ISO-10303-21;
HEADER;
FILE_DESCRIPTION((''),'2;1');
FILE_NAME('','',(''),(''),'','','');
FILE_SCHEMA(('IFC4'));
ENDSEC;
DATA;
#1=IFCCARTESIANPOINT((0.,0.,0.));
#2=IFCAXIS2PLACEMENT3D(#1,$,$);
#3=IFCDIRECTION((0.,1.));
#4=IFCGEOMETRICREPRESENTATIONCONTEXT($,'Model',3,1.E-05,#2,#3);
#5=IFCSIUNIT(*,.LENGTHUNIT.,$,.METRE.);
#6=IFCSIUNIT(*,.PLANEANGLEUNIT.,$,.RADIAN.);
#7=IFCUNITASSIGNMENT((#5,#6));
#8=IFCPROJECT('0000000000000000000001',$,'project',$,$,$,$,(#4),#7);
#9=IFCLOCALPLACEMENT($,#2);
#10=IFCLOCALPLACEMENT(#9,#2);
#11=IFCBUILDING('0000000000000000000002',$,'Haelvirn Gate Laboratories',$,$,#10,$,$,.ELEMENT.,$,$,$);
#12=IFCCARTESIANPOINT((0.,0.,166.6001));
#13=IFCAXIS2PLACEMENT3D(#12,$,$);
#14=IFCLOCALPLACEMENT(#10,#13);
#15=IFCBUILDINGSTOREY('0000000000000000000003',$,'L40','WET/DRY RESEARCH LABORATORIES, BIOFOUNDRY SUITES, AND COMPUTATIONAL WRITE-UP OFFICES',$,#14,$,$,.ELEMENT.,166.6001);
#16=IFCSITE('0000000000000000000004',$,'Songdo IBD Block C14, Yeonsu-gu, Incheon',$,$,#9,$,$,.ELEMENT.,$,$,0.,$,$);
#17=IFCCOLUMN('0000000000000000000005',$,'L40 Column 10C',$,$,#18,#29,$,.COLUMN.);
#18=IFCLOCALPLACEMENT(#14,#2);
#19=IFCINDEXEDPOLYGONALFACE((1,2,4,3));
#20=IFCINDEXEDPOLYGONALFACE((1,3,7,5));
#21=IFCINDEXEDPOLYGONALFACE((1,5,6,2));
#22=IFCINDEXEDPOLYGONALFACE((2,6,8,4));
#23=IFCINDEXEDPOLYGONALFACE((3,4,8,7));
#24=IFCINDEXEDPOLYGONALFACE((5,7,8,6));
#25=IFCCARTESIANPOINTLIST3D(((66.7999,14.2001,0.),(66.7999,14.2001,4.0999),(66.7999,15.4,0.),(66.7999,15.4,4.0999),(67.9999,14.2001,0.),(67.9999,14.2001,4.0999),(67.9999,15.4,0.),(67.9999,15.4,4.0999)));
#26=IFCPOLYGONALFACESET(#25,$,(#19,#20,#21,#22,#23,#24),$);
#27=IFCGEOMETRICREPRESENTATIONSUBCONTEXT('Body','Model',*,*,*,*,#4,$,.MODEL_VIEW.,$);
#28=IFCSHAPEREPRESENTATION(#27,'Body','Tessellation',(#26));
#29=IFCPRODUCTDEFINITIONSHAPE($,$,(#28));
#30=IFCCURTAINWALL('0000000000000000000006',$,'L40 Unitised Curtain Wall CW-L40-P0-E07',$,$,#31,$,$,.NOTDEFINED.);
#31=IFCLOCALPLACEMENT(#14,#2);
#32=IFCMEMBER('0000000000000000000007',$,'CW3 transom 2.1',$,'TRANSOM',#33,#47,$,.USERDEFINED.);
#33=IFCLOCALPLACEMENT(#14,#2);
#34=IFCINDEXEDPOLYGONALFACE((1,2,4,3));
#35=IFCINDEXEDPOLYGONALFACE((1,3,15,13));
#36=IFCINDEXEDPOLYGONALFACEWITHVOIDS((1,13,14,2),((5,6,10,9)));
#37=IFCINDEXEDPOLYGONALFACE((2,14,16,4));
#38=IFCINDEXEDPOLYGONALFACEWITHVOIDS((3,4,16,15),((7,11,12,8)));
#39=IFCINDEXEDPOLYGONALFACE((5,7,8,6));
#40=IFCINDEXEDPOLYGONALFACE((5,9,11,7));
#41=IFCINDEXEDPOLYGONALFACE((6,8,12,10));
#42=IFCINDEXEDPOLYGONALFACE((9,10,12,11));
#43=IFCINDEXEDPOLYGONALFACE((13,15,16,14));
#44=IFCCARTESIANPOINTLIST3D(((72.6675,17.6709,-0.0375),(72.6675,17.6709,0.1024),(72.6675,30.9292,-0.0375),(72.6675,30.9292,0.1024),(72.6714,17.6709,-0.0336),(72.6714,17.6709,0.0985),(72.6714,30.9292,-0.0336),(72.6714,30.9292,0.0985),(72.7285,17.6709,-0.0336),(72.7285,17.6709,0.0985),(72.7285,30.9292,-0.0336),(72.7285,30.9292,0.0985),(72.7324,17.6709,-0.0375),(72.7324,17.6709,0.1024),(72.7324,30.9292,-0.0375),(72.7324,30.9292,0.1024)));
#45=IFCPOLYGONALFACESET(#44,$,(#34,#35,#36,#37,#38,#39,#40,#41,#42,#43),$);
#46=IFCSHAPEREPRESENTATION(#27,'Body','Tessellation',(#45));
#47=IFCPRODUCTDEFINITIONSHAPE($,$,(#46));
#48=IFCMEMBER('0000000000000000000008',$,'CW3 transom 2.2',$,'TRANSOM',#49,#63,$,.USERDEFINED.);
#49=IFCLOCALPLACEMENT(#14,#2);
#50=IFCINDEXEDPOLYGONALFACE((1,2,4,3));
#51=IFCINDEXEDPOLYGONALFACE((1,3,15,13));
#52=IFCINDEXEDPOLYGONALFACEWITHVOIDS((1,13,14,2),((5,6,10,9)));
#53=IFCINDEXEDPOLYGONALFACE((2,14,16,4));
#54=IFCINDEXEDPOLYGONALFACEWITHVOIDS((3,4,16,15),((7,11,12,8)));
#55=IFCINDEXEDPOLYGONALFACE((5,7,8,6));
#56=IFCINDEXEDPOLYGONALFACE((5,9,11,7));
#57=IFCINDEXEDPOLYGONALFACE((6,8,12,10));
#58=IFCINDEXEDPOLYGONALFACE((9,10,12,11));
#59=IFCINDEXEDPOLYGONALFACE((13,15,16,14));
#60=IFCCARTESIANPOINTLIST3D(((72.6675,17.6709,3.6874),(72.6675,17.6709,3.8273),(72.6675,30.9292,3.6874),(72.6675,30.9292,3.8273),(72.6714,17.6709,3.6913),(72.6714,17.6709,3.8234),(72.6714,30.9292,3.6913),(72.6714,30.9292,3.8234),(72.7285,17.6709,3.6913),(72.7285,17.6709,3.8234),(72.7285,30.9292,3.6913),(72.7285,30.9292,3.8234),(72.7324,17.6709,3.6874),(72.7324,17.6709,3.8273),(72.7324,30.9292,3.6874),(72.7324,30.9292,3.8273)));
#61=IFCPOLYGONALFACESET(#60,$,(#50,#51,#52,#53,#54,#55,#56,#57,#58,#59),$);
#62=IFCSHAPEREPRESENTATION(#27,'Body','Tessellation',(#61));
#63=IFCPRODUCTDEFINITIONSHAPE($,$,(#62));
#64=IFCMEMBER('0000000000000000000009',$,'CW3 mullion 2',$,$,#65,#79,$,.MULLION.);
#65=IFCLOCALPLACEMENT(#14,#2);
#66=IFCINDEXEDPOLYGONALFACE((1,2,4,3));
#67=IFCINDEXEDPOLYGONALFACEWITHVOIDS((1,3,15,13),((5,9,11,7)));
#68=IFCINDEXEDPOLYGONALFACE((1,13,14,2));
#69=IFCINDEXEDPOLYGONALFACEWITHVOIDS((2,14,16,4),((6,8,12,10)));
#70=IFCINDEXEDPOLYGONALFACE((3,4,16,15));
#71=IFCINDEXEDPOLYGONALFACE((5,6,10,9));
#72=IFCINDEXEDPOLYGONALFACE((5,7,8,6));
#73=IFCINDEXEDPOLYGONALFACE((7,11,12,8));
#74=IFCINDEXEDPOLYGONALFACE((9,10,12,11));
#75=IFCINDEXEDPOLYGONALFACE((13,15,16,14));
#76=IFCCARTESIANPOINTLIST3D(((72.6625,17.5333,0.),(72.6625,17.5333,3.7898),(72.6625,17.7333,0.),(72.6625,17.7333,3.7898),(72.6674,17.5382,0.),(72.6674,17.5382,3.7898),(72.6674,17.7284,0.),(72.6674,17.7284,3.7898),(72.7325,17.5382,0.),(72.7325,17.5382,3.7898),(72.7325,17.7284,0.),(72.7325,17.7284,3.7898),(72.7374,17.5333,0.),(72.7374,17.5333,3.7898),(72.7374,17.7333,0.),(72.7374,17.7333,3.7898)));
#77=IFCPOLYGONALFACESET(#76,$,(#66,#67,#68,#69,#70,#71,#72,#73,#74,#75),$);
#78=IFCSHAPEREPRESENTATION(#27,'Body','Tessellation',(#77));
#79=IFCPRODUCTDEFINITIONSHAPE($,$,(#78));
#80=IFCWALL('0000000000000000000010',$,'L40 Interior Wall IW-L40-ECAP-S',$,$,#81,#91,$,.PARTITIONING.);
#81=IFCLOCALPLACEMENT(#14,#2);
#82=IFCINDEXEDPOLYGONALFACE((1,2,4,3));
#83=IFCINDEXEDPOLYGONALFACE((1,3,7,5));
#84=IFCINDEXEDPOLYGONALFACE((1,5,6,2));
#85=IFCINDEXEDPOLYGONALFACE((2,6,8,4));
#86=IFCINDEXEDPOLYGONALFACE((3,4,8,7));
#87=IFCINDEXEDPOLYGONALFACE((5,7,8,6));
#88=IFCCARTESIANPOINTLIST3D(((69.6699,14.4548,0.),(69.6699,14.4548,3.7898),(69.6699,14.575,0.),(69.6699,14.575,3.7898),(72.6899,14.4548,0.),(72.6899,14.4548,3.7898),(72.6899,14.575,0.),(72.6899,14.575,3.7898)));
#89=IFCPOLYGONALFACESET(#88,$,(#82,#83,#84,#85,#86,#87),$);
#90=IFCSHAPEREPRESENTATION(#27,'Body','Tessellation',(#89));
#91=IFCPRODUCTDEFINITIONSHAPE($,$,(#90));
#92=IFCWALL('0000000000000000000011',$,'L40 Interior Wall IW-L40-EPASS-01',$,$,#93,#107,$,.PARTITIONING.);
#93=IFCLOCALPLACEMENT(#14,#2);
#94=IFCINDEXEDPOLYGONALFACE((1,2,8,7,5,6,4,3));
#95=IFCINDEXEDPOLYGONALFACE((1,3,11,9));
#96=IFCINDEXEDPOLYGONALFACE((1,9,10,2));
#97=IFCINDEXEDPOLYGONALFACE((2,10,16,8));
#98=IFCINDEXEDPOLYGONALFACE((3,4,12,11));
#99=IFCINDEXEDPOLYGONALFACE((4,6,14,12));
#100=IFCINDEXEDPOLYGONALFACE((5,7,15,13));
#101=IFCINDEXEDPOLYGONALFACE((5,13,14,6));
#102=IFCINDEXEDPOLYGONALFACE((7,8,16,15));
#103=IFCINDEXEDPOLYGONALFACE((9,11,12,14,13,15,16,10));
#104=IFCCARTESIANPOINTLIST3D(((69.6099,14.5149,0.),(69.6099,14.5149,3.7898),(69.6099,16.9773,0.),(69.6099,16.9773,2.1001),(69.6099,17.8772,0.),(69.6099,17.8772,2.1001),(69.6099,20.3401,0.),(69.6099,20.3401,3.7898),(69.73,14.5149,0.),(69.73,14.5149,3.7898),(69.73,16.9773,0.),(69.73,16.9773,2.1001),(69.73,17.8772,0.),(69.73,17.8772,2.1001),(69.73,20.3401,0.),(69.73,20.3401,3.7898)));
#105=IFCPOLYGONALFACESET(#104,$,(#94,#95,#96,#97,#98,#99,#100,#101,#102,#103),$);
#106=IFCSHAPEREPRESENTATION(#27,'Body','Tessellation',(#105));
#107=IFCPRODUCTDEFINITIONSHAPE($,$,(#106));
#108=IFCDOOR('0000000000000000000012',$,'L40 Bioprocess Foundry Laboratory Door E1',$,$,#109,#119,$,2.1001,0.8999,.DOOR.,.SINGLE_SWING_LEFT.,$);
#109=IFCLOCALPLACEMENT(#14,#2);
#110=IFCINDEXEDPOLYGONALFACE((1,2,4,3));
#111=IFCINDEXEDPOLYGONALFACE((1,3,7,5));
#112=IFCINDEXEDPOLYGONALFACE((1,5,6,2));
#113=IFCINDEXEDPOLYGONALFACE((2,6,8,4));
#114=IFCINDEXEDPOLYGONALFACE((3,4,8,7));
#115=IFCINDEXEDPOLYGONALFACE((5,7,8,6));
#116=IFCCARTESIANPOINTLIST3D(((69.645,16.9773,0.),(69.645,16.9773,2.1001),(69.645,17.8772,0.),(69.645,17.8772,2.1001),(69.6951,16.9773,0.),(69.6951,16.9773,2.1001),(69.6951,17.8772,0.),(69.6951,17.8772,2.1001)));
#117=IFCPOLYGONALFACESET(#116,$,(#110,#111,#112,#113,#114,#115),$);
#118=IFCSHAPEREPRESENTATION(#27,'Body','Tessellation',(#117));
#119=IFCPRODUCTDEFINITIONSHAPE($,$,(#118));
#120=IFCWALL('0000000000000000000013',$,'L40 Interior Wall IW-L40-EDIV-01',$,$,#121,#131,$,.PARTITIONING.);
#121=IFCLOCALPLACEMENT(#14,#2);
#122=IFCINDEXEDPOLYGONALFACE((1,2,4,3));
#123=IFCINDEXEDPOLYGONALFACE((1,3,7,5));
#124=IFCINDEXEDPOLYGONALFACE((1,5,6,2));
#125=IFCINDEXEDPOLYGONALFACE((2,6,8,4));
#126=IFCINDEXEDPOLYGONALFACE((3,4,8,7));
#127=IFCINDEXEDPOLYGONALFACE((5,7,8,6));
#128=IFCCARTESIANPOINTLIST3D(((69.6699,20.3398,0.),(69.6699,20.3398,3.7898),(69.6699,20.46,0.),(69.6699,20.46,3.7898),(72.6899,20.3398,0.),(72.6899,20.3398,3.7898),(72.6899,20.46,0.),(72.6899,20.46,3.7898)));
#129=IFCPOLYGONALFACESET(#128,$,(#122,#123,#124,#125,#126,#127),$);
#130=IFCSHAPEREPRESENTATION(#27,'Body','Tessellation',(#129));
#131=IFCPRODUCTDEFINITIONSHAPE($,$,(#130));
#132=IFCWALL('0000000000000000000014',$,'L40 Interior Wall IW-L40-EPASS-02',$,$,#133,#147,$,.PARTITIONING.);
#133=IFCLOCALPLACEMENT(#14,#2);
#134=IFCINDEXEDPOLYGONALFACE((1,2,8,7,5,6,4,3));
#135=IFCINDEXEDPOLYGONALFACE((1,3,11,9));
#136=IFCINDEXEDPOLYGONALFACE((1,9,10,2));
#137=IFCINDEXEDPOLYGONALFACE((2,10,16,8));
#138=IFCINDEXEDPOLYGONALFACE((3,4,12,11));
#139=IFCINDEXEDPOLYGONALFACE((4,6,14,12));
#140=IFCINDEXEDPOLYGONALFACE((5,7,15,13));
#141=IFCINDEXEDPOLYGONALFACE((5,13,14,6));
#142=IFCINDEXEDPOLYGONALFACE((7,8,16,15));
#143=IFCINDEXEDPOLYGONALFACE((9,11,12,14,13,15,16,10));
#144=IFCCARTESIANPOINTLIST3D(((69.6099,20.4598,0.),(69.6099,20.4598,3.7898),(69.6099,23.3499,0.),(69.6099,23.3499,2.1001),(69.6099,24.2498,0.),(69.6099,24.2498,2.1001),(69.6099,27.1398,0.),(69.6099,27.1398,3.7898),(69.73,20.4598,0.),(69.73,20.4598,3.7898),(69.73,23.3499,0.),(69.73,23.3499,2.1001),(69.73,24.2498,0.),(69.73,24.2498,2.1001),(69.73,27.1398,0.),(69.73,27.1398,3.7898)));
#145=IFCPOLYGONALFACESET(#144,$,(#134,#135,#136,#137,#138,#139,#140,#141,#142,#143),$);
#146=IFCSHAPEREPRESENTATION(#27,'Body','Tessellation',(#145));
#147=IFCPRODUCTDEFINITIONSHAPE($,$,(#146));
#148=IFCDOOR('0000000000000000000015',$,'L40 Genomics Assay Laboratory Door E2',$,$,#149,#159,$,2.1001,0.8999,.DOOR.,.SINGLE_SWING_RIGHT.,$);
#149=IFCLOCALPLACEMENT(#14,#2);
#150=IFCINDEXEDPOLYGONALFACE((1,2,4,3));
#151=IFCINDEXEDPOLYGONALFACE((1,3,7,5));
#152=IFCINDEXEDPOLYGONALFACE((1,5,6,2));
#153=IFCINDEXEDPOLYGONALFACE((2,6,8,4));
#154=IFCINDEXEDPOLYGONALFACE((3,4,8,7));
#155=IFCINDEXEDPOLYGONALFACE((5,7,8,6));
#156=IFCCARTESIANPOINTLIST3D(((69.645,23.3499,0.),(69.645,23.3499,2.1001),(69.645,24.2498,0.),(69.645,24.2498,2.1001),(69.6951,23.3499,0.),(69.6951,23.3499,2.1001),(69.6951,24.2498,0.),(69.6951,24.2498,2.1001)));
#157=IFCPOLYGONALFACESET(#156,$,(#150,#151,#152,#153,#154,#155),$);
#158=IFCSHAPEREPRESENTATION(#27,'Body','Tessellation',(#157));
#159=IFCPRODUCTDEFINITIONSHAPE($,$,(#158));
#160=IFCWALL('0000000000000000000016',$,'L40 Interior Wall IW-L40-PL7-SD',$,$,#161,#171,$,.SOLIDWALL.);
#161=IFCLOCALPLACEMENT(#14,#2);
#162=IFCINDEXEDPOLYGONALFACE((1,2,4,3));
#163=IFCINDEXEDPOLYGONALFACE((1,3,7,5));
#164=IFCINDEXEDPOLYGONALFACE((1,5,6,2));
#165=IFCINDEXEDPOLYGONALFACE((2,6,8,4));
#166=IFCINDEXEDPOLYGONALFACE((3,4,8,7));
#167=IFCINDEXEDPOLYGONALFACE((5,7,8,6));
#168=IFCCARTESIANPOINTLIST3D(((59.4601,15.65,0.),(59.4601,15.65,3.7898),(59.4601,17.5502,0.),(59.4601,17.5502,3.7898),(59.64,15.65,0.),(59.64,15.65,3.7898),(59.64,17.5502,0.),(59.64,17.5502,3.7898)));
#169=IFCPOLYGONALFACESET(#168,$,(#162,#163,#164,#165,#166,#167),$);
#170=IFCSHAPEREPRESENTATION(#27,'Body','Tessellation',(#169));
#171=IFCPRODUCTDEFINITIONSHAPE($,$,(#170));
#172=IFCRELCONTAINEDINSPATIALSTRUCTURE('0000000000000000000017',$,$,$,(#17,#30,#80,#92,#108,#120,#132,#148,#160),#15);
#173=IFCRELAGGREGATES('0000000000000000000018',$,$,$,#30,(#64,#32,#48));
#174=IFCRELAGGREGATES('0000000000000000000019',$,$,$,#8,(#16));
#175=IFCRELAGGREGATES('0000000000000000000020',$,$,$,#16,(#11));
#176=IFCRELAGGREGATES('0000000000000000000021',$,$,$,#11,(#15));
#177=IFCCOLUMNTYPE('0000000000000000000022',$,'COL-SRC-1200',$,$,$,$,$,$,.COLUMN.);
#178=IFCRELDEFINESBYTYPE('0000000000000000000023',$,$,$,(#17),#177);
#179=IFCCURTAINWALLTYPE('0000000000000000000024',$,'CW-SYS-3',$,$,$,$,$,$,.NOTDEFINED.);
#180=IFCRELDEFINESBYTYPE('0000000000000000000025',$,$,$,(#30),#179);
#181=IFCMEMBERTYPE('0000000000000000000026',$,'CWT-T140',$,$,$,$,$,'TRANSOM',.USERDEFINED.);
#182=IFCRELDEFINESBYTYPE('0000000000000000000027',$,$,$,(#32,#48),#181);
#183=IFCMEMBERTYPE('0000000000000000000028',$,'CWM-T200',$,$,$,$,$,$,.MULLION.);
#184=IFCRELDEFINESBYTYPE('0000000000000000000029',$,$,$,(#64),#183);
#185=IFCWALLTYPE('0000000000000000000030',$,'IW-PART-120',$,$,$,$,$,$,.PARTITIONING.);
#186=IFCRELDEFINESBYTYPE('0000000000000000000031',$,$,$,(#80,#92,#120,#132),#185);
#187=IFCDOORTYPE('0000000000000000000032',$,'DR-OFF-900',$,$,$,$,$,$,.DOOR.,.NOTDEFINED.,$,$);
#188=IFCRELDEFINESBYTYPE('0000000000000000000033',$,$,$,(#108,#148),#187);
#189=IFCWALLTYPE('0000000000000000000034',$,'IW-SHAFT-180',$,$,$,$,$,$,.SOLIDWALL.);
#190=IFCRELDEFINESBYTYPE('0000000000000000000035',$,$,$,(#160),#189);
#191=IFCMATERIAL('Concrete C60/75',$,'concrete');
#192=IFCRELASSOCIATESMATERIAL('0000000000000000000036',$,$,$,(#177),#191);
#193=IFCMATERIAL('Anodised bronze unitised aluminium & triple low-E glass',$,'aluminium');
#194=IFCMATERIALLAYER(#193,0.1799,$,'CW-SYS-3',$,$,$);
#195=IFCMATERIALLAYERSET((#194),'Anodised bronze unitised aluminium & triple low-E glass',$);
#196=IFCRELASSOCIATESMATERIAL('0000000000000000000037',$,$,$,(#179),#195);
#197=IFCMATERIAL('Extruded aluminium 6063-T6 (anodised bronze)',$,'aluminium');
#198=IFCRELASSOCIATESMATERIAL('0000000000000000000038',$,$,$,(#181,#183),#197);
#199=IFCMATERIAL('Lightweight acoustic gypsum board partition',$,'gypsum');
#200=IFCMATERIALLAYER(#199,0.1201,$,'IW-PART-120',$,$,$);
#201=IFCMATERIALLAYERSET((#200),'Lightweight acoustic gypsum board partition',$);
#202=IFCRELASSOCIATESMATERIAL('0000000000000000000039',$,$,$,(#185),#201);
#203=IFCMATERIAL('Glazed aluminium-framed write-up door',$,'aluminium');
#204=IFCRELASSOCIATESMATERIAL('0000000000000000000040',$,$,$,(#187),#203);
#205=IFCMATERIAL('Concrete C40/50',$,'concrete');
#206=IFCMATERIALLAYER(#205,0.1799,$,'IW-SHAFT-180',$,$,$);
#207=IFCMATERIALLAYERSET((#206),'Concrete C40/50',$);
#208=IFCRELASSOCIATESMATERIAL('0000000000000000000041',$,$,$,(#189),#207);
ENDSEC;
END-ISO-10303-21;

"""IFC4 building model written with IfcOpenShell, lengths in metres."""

from ifc_helpers import new_model, si_unit, direction, frame, frame_2d, origin, origin_2d, place, context, subcontext, project, spatial, rectangle, hollow_rectangle, extrude, source, transform, mapped, material, layer, layer_set, material_profile, profile_set, type_object, type_shapes, element, fill, aggregate, save


model = new_model("IFC4")

# Units and contexts
model_context = context("Model", 3, precision=1e-05, world=origin(), true_north=direction((0.0, 1.0)))
body_context = subcontext(model_context, "Body", "Model", "MODEL_VIEW")
ifc_project = project(units=[si_unit("LENGTHUNIT", "METRE"), si_unit("PLANEANGLEUNIT", "RADIAN")], contexts=[model_context])

# Site, building, storey
site_placement = place(None, origin())
site = spatial("IfcSite", under=ifc_project, at=site_placement, Name="Songdo IBD Block C14, Yeonsu-gu, Incheon", CompositionType="ELEMENT", RefElevation=0.0)
building_placement = place(site_placement, origin())
building = spatial("IfcBuilding", under=site, at=building_placement, Name="Haelvirn Gate Laboratories", CompositionType="ELEMENT")
storey_placement = place(building_placement, frame((0.0, 0.0, 166.6001)))
storey = spatial("IfcBuildingStorey", under=building, at=storey_placement, Name="L40", Description="WET/DRY RESEARCH LABORATORIES, BIOFOUNDRY SUITES, AND COMPUTATIONAL WRITE-UP OFFICES", CompositionType="ELEMENT", Elevation=166.6001)

# Column
ifc_material_1 = material(Name="Concrete C60/75", Category="concrete")
ifc_material_profile_1 = material_profile(ifc_material_1, rectangle(XDim=1.2, YDim=1.2, at=origin_2d()), Name="SRC-1200x1200")
ifc_profile_set_1 = profile_set([ifc_material_profile_1], Name="Concrete C60/75")
column_type = type_object("IfcColumnType", Name="COL-SRC-1200", PredefinedType="COLUMN", material=ifc_profile_set_1)
shared_shape_1 = source(origin(), body_context, "Body", "SweptSolid", [
    extrude(rectangle(XDim=1.2, YDim=1.2, at=origin_2d()), origin(), (0.0, 0.0, 1.0), 4.0999),
])
type_shapes(column_type, [shared_shape_1])
column_placement = place(storey_placement, frame((67.3999, 14.8, 0.0), z_axis=(0.0, 0.0, 1.0), x_axis=(1.0, 0.0, 0.0)))
element("IfcColumn", 1, at=column_placement, inside=storey, type_object=column_type, Name="L40 Column 10C", PredefinedType="COLUMN", context=body_context, shape_type="MappedRepresentation", body=[
    mapped(shared_shape_1, transform((0.0, 0.0, 0.0), scale=1.0)),
])

# Curtain wall, members
ifc_material_2 = material(Name="Anodised bronze unitised aluminium & triple low-E glass", Category="aluminium")
ifc_layer_1 = layer(ifc_material_2, 0.1799, Name="CW-SYS-3")
ifc_layer_set_1 = layer_set([ifc_layer_1], Name="Anodised bronze unitised aluminium & triple low-E glass")
curtain_wall_type = type_object("IfcCurtainWallType", Name="CW-SYS-3", PredefinedType="NOTDEFINED", material=ifc_layer_set_1)
curtain_wall_placement = place(storey_placement, origin())
curtain_wall = element("IfcCurtainWall", 2, at=curtain_wall_placement, inside=storey, type_object=curtain_wall_type, Name="L40 Unitised Curtain Wall CW-L40-P0-E07", PredefinedType="NOTDEFINED")
ifc_material_3 = material(Name="Extruded aluminium 6063-T6 (anodised bronze)", Category="aluminium")
ifc_material_profile_2 = material_profile(ifc_material_3, hollow_rectangle(XDim=0.0649, YDim=0.1399, WallThickness=0.0039, at=origin_2d()), Name="CWT-140x65x4")
ifc_profile_set_2 = profile_set([ifc_material_profile_2], Name="Extruded aluminium 6063-T6 (anodised bronze)")
member_type_1 = type_object("IfcMemberType", Name="CWT-T140", ElementType="TRANSOM", PredefinedType="USERDEFINED", material=ifc_profile_set_2)
shared_shape_2 = source(origin(), body_context, "Body", "SweptSolid", [
    extrude(hollow_rectangle(XDim=0.0649, YDim=0.1399, WallThickness=0.0039, at=origin_2d()), origin(), (0.0, 0.0, 1.0), 13.2583),
])
type_shapes(member_type_1, [shared_shape_2])
member_1_placement = place(storey_placement, frame((72.7, 17.6709, 0.0325), z_axis=(0.0, 1.0, 0.0), x_axis=(-1.0, 0.0, 0.0)))
member_1 = element("IfcMember", 3, at=member_1_placement, type_object=member_type_1, Name="CW3 transom 2.1", ObjectType="TRANSOM", PredefinedType="USERDEFINED", context=body_context, shape_type="MappedRepresentation", body=[
    mapped(shared_shape_2, transform((0.0, 0.0, 0.0), scale=1.0)),
])
member_2_placement = place(storey_placement, frame((72.7, 17.6709, 3.7573), z_axis=(0.0, 1.0, 0.0), x_axis=(-1.0, 0.0, 0.0)))
member_2 = element("IfcMember", 4, at=member_2_placement, type_object=member_type_1, Name="CW3 transom 2.2", ObjectType="TRANSOM", PredefinedType="USERDEFINED", context=body_context, shape_type="MappedRepresentation", body=[
    mapped(shared_shape_2, transform((0.0, 0.0, 0.0), scale=1.0)),
])
ifc_material_profile_3 = material_profile(ifc_material_3, hollow_rectangle(XDim=0.075, YDim=0.2, WallThickness=0.0049, at=origin_2d()), Name="CWM-200x75x5")
ifc_profile_set_3 = profile_set([ifc_material_profile_3], Name="Extruded aluminium 6063-T6 (anodised bronze)")
member_type_2 = type_object("IfcMemberType", Name="CWM-T200", PredefinedType="MULLION", material=ifc_profile_set_3)
shared_shape_3 = source(origin(), body_context, "Body", "SweptSolid", [
    extrude(hollow_rectangle(XDim=0.075, YDim=0.2, WallThickness=0.0049, at=origin_2d()), origin(), (0.0, 0.0, 1.0), 3.7898),
])
type_shapes(member_type_2, [shared_shape_3])
member_3_placement = place(storey_placement, frame((72.7, 17.6333, 0.0), z_axis=(0.0, 0.0, 1.0), x_axis=(-1.0, 0.0, 0.0)))
member_3 = element("IfcMember", 5, at=member_3_placement, type_object=member_type_2, Name="CW3 mullion 2", PredefinedType="MULLION", context=body_context, shape_type="MappedRepresentation", body=[
    mapped(shared_shape_3, transform((0.0, 0.0, 0.0), scale=1.0)),
])
aggregate(curtain_wall, [member_3, member_1, member_2])

# Wall
ifc_material_4 = material(Name="Lightweight acoustic gypsum board partition", Category="gypsum")
ifc_layer_2 = layer(ifc_material_4, 0.1201, Name="IW-PART-120")
ifc_layer_set_2 = layer_set([ifc_layer_2], Name="Lightweight acoustic gypsum board partition")
wall_type_1 = type_object("IfcWallType", Name="IW-PART-120", PredefinedType="PARTITIONING", material=ifc_layer_set_2)
wall_1_placement = place(storey_placement, frame((69.6699, 14.5149, 0.0), z_axis=(0.0, 0.0, 1.0), x_axis=(1.0, 0.0, 0.0)))
element("IfcWall", 6, at=wall_1_placement, inside=storey, type_object=wall_type_1, Name="L40 Interior Wall IW-L40-ECAP-S", PredefinedType="PARTITIONING", context=body_context, shape_type="SweptSolid", body=[
    extrude(rectangle(XDim=3.02, YDim=0.1201, at=frame_2d((1.51, 0.0))), origin(), (0.0, 0.0, 1.0), 3.7898),
])

# Wall, opening, door
wall_2_placement = place(storey_placement, frame((69.6699, 14.5149, 0.0), z_axis=(0.0, 0.0, 1.0), x_axis=(0.0, 1.0, 0.0)))
wall_2 = element("IfcWall", 7, at=wall_2_placement, inside=storey, type_object=wall_type_1, Name="L40 Interior Wall IW-L40-EPASS-01", PredefinedType="PARTITIONING", context=body_context, shape_type="SweptSolid", body=[
    extrude(rectangle(XDim=5.8252, YDim=0.1201, at=frame_2d((2.9126, 0.0))), origin(), (0.0, 0.0, 1.0), 3.7898),
])
opening_1_placement = place(wall_2_placement, frame((2.4624, 0.0, 0.0)))
opening_1 = element("IfcOpeningElement", 8, at=opening_1_placement, cuts=wall_2, PredefinedType="OPENING", context=body_context, shape_type="SweptSolid", body=[
    extrude(rectangle(XDim=0.8999, YDim=2.1001, at=frame_2d((0.45, 1.05))), frame((0.0, 0.0701, 0.0), z_axis=(0.0, -1.0, 0.0), x_axis=(1.0, 0.0, 0.0)), (0.0, 0.0, 1.0), 0.1401),
])
ifc_material_5 = material(Name="Glazed aluminium-framed write-up door", Category="aluminium")
door_type_1 = type_object("IfcDoorType", Name="DR-OFF-900", OperationType="NOTDEFINED", PredefinedType="DOOR", material=ifc_material_5)
shared_shape_4 = source(origin(), body_context, "Body", "SweptSolid", [
    extrude(rectangle(XDim=0.8999, YDim=2.1001, at=frame_2d((0.45, 1.05))), frame((0.0, 0.0249, 0.0), z_axis=(0.0, -1.0, 0.0), x_axis=(1.0, 0.0, 0.0)), (0.0, 0.0, 1.0), 0.05),
])
type_shapes(door_type_1, [shared_shape_4])
door_1_placement = place(opening_1_placement, origin())
door_1 = element("IfcDoor", 9, at=door_1_placement, inside=storey, type_object=door_type_1, Name="L40 Bioprocess Foundry Laboratory Door E1", OperationType="SINGLE_SWING_LEFT", OverallHeight=2.1001, OverallWidth=0.8999, PredefinedType="DOOR", context=body_context, shape_type="MappedRepresentation", body=[
    mapped(shared_shape_4, transform((0.0, 0.0, 0.0), scale=1.0)),
])
fill(opening_1, door_1)

# Wall
wall_3_placement = place(storey_placement, frame((69.6699, 20.3999, 0.0), z_axis=(0.0, 0.0, 1.0), x_axis=(1.0, 0.0, 0.0)))
element("IfcWall", 10, at=wall_3_placement, inside=storey, type_object=wall_type_1, Name="L40 Interior Wall IW-L40-EDIV-01", PredefinedType="PARTITIONING", context=body_context, shape_type="SweptSolid", body=[
    extrude(rectangle(XDim=3.02, YDim=0.1201, at=frame_2d((1.51, 0.0))), origin(), (0.0, 0.0, 1.0), 3.7898),
])

# Wall, opening, door
wall_4_placement = place(storey_placement, frame((69.6699, 20.46, 0.0), z_axis=(0.0, 0.0, 1.0), x_axis=(0.0, 1.0, 0.0)))
wall_4 = element("IfcWall", 11, at=wall_4_placement, inside=storey, type_object=wall_type_1, Name="L40 Interior Wall IW-L40-EPASS-02", PredefinedType="PARTITIONING", context=body_context, shape_type="SweptSolid", body=[
    extrude(rectangle(XDim=6.6799, YDim=0.1201, at=frame_2d((3.3398, 0.0))), origin(), (0.0, 0.0, 1.0), 3.7898),
])
opening_2_placement = place(wall_4_placement, frame((2.8899, 0.0, 0.0)))
opening_2 = element("IfcOpeningElement", 12, at=opening_2_placement, cuts=wall_4, PredefinedType="OPENING", context=body_context, shape_type="SweptSolid", body=[
    extrude(rectangle(XDim=0.8999, YDim=2.1001, at=frame_2d((0.45, 1.05))), frame((0.0, 0.0701, 0.0), z_axis=(0.0, -1.0, 0.0), x_axis=(1.0, 0.0, 0.0)), (0.0, 0.0, 1.0), 0.1401),
])
door_2_placement = place(opening_2_placement, origin())
door_2 = element("IfcDoor", 13, at=door_2_placement, inside=storey, type_object=door_type_1, Name="L40 Genomics Assay Laboratory Door E2", OperationType="SINGLE_SWING_RIGHT", OverallHeight=2.1001, OverallWidth=0.8999, PredefinedType="DOOR", context=body_context, shape_type="MappedRepresentation", body=[
    mapped(shared_shape_4, transform((0.0, 0.0, 0.0), scale=1.0)),
])
fill(opening_2, door_2)

# Wall
ifc_material_6 = material(Name="Concrete C40/50", Category="concrete")
ifc_layer_3 = layer(ifc_material_6, 0.1799, Name="IW-SHAFT-180")
ifc_layer_set_3 = layer_set([ifc_layer_3], Name="Concrete C40/50")
wall_type_2 = type_object("IfcWallType", Name="IW-SHAFT-180", PredefinedType="SOLIDWALL", material=ifc_layer_set_3)
for number, where, z_axis, x_axis, name in (
    (14, (59.55, 15.6499, 0.0), (0.0, 0.0, 1.0), (0.0, 1.0, 0.0), "L40 Interior Wall IW-L40-PL7-SD"),
):
    element("IfcWall", number, at=place(storey_placement, frame(where, z_axis=z_axis, x_axis=x_axis)), inside=storey, type_object=wall_type_2, Name=name, PredefinedType="SOLIDWALL", context=body_context, shape_type="SweptSolid", body=[
        extrude(rectangle(XDim=1.9001, YDim=0.1799, at=frame_2d((0.9502, 0.0))), origin(), (0.0, 0.0, 1.0), 3.7898),
    ])

save(model, "model.ifc")
